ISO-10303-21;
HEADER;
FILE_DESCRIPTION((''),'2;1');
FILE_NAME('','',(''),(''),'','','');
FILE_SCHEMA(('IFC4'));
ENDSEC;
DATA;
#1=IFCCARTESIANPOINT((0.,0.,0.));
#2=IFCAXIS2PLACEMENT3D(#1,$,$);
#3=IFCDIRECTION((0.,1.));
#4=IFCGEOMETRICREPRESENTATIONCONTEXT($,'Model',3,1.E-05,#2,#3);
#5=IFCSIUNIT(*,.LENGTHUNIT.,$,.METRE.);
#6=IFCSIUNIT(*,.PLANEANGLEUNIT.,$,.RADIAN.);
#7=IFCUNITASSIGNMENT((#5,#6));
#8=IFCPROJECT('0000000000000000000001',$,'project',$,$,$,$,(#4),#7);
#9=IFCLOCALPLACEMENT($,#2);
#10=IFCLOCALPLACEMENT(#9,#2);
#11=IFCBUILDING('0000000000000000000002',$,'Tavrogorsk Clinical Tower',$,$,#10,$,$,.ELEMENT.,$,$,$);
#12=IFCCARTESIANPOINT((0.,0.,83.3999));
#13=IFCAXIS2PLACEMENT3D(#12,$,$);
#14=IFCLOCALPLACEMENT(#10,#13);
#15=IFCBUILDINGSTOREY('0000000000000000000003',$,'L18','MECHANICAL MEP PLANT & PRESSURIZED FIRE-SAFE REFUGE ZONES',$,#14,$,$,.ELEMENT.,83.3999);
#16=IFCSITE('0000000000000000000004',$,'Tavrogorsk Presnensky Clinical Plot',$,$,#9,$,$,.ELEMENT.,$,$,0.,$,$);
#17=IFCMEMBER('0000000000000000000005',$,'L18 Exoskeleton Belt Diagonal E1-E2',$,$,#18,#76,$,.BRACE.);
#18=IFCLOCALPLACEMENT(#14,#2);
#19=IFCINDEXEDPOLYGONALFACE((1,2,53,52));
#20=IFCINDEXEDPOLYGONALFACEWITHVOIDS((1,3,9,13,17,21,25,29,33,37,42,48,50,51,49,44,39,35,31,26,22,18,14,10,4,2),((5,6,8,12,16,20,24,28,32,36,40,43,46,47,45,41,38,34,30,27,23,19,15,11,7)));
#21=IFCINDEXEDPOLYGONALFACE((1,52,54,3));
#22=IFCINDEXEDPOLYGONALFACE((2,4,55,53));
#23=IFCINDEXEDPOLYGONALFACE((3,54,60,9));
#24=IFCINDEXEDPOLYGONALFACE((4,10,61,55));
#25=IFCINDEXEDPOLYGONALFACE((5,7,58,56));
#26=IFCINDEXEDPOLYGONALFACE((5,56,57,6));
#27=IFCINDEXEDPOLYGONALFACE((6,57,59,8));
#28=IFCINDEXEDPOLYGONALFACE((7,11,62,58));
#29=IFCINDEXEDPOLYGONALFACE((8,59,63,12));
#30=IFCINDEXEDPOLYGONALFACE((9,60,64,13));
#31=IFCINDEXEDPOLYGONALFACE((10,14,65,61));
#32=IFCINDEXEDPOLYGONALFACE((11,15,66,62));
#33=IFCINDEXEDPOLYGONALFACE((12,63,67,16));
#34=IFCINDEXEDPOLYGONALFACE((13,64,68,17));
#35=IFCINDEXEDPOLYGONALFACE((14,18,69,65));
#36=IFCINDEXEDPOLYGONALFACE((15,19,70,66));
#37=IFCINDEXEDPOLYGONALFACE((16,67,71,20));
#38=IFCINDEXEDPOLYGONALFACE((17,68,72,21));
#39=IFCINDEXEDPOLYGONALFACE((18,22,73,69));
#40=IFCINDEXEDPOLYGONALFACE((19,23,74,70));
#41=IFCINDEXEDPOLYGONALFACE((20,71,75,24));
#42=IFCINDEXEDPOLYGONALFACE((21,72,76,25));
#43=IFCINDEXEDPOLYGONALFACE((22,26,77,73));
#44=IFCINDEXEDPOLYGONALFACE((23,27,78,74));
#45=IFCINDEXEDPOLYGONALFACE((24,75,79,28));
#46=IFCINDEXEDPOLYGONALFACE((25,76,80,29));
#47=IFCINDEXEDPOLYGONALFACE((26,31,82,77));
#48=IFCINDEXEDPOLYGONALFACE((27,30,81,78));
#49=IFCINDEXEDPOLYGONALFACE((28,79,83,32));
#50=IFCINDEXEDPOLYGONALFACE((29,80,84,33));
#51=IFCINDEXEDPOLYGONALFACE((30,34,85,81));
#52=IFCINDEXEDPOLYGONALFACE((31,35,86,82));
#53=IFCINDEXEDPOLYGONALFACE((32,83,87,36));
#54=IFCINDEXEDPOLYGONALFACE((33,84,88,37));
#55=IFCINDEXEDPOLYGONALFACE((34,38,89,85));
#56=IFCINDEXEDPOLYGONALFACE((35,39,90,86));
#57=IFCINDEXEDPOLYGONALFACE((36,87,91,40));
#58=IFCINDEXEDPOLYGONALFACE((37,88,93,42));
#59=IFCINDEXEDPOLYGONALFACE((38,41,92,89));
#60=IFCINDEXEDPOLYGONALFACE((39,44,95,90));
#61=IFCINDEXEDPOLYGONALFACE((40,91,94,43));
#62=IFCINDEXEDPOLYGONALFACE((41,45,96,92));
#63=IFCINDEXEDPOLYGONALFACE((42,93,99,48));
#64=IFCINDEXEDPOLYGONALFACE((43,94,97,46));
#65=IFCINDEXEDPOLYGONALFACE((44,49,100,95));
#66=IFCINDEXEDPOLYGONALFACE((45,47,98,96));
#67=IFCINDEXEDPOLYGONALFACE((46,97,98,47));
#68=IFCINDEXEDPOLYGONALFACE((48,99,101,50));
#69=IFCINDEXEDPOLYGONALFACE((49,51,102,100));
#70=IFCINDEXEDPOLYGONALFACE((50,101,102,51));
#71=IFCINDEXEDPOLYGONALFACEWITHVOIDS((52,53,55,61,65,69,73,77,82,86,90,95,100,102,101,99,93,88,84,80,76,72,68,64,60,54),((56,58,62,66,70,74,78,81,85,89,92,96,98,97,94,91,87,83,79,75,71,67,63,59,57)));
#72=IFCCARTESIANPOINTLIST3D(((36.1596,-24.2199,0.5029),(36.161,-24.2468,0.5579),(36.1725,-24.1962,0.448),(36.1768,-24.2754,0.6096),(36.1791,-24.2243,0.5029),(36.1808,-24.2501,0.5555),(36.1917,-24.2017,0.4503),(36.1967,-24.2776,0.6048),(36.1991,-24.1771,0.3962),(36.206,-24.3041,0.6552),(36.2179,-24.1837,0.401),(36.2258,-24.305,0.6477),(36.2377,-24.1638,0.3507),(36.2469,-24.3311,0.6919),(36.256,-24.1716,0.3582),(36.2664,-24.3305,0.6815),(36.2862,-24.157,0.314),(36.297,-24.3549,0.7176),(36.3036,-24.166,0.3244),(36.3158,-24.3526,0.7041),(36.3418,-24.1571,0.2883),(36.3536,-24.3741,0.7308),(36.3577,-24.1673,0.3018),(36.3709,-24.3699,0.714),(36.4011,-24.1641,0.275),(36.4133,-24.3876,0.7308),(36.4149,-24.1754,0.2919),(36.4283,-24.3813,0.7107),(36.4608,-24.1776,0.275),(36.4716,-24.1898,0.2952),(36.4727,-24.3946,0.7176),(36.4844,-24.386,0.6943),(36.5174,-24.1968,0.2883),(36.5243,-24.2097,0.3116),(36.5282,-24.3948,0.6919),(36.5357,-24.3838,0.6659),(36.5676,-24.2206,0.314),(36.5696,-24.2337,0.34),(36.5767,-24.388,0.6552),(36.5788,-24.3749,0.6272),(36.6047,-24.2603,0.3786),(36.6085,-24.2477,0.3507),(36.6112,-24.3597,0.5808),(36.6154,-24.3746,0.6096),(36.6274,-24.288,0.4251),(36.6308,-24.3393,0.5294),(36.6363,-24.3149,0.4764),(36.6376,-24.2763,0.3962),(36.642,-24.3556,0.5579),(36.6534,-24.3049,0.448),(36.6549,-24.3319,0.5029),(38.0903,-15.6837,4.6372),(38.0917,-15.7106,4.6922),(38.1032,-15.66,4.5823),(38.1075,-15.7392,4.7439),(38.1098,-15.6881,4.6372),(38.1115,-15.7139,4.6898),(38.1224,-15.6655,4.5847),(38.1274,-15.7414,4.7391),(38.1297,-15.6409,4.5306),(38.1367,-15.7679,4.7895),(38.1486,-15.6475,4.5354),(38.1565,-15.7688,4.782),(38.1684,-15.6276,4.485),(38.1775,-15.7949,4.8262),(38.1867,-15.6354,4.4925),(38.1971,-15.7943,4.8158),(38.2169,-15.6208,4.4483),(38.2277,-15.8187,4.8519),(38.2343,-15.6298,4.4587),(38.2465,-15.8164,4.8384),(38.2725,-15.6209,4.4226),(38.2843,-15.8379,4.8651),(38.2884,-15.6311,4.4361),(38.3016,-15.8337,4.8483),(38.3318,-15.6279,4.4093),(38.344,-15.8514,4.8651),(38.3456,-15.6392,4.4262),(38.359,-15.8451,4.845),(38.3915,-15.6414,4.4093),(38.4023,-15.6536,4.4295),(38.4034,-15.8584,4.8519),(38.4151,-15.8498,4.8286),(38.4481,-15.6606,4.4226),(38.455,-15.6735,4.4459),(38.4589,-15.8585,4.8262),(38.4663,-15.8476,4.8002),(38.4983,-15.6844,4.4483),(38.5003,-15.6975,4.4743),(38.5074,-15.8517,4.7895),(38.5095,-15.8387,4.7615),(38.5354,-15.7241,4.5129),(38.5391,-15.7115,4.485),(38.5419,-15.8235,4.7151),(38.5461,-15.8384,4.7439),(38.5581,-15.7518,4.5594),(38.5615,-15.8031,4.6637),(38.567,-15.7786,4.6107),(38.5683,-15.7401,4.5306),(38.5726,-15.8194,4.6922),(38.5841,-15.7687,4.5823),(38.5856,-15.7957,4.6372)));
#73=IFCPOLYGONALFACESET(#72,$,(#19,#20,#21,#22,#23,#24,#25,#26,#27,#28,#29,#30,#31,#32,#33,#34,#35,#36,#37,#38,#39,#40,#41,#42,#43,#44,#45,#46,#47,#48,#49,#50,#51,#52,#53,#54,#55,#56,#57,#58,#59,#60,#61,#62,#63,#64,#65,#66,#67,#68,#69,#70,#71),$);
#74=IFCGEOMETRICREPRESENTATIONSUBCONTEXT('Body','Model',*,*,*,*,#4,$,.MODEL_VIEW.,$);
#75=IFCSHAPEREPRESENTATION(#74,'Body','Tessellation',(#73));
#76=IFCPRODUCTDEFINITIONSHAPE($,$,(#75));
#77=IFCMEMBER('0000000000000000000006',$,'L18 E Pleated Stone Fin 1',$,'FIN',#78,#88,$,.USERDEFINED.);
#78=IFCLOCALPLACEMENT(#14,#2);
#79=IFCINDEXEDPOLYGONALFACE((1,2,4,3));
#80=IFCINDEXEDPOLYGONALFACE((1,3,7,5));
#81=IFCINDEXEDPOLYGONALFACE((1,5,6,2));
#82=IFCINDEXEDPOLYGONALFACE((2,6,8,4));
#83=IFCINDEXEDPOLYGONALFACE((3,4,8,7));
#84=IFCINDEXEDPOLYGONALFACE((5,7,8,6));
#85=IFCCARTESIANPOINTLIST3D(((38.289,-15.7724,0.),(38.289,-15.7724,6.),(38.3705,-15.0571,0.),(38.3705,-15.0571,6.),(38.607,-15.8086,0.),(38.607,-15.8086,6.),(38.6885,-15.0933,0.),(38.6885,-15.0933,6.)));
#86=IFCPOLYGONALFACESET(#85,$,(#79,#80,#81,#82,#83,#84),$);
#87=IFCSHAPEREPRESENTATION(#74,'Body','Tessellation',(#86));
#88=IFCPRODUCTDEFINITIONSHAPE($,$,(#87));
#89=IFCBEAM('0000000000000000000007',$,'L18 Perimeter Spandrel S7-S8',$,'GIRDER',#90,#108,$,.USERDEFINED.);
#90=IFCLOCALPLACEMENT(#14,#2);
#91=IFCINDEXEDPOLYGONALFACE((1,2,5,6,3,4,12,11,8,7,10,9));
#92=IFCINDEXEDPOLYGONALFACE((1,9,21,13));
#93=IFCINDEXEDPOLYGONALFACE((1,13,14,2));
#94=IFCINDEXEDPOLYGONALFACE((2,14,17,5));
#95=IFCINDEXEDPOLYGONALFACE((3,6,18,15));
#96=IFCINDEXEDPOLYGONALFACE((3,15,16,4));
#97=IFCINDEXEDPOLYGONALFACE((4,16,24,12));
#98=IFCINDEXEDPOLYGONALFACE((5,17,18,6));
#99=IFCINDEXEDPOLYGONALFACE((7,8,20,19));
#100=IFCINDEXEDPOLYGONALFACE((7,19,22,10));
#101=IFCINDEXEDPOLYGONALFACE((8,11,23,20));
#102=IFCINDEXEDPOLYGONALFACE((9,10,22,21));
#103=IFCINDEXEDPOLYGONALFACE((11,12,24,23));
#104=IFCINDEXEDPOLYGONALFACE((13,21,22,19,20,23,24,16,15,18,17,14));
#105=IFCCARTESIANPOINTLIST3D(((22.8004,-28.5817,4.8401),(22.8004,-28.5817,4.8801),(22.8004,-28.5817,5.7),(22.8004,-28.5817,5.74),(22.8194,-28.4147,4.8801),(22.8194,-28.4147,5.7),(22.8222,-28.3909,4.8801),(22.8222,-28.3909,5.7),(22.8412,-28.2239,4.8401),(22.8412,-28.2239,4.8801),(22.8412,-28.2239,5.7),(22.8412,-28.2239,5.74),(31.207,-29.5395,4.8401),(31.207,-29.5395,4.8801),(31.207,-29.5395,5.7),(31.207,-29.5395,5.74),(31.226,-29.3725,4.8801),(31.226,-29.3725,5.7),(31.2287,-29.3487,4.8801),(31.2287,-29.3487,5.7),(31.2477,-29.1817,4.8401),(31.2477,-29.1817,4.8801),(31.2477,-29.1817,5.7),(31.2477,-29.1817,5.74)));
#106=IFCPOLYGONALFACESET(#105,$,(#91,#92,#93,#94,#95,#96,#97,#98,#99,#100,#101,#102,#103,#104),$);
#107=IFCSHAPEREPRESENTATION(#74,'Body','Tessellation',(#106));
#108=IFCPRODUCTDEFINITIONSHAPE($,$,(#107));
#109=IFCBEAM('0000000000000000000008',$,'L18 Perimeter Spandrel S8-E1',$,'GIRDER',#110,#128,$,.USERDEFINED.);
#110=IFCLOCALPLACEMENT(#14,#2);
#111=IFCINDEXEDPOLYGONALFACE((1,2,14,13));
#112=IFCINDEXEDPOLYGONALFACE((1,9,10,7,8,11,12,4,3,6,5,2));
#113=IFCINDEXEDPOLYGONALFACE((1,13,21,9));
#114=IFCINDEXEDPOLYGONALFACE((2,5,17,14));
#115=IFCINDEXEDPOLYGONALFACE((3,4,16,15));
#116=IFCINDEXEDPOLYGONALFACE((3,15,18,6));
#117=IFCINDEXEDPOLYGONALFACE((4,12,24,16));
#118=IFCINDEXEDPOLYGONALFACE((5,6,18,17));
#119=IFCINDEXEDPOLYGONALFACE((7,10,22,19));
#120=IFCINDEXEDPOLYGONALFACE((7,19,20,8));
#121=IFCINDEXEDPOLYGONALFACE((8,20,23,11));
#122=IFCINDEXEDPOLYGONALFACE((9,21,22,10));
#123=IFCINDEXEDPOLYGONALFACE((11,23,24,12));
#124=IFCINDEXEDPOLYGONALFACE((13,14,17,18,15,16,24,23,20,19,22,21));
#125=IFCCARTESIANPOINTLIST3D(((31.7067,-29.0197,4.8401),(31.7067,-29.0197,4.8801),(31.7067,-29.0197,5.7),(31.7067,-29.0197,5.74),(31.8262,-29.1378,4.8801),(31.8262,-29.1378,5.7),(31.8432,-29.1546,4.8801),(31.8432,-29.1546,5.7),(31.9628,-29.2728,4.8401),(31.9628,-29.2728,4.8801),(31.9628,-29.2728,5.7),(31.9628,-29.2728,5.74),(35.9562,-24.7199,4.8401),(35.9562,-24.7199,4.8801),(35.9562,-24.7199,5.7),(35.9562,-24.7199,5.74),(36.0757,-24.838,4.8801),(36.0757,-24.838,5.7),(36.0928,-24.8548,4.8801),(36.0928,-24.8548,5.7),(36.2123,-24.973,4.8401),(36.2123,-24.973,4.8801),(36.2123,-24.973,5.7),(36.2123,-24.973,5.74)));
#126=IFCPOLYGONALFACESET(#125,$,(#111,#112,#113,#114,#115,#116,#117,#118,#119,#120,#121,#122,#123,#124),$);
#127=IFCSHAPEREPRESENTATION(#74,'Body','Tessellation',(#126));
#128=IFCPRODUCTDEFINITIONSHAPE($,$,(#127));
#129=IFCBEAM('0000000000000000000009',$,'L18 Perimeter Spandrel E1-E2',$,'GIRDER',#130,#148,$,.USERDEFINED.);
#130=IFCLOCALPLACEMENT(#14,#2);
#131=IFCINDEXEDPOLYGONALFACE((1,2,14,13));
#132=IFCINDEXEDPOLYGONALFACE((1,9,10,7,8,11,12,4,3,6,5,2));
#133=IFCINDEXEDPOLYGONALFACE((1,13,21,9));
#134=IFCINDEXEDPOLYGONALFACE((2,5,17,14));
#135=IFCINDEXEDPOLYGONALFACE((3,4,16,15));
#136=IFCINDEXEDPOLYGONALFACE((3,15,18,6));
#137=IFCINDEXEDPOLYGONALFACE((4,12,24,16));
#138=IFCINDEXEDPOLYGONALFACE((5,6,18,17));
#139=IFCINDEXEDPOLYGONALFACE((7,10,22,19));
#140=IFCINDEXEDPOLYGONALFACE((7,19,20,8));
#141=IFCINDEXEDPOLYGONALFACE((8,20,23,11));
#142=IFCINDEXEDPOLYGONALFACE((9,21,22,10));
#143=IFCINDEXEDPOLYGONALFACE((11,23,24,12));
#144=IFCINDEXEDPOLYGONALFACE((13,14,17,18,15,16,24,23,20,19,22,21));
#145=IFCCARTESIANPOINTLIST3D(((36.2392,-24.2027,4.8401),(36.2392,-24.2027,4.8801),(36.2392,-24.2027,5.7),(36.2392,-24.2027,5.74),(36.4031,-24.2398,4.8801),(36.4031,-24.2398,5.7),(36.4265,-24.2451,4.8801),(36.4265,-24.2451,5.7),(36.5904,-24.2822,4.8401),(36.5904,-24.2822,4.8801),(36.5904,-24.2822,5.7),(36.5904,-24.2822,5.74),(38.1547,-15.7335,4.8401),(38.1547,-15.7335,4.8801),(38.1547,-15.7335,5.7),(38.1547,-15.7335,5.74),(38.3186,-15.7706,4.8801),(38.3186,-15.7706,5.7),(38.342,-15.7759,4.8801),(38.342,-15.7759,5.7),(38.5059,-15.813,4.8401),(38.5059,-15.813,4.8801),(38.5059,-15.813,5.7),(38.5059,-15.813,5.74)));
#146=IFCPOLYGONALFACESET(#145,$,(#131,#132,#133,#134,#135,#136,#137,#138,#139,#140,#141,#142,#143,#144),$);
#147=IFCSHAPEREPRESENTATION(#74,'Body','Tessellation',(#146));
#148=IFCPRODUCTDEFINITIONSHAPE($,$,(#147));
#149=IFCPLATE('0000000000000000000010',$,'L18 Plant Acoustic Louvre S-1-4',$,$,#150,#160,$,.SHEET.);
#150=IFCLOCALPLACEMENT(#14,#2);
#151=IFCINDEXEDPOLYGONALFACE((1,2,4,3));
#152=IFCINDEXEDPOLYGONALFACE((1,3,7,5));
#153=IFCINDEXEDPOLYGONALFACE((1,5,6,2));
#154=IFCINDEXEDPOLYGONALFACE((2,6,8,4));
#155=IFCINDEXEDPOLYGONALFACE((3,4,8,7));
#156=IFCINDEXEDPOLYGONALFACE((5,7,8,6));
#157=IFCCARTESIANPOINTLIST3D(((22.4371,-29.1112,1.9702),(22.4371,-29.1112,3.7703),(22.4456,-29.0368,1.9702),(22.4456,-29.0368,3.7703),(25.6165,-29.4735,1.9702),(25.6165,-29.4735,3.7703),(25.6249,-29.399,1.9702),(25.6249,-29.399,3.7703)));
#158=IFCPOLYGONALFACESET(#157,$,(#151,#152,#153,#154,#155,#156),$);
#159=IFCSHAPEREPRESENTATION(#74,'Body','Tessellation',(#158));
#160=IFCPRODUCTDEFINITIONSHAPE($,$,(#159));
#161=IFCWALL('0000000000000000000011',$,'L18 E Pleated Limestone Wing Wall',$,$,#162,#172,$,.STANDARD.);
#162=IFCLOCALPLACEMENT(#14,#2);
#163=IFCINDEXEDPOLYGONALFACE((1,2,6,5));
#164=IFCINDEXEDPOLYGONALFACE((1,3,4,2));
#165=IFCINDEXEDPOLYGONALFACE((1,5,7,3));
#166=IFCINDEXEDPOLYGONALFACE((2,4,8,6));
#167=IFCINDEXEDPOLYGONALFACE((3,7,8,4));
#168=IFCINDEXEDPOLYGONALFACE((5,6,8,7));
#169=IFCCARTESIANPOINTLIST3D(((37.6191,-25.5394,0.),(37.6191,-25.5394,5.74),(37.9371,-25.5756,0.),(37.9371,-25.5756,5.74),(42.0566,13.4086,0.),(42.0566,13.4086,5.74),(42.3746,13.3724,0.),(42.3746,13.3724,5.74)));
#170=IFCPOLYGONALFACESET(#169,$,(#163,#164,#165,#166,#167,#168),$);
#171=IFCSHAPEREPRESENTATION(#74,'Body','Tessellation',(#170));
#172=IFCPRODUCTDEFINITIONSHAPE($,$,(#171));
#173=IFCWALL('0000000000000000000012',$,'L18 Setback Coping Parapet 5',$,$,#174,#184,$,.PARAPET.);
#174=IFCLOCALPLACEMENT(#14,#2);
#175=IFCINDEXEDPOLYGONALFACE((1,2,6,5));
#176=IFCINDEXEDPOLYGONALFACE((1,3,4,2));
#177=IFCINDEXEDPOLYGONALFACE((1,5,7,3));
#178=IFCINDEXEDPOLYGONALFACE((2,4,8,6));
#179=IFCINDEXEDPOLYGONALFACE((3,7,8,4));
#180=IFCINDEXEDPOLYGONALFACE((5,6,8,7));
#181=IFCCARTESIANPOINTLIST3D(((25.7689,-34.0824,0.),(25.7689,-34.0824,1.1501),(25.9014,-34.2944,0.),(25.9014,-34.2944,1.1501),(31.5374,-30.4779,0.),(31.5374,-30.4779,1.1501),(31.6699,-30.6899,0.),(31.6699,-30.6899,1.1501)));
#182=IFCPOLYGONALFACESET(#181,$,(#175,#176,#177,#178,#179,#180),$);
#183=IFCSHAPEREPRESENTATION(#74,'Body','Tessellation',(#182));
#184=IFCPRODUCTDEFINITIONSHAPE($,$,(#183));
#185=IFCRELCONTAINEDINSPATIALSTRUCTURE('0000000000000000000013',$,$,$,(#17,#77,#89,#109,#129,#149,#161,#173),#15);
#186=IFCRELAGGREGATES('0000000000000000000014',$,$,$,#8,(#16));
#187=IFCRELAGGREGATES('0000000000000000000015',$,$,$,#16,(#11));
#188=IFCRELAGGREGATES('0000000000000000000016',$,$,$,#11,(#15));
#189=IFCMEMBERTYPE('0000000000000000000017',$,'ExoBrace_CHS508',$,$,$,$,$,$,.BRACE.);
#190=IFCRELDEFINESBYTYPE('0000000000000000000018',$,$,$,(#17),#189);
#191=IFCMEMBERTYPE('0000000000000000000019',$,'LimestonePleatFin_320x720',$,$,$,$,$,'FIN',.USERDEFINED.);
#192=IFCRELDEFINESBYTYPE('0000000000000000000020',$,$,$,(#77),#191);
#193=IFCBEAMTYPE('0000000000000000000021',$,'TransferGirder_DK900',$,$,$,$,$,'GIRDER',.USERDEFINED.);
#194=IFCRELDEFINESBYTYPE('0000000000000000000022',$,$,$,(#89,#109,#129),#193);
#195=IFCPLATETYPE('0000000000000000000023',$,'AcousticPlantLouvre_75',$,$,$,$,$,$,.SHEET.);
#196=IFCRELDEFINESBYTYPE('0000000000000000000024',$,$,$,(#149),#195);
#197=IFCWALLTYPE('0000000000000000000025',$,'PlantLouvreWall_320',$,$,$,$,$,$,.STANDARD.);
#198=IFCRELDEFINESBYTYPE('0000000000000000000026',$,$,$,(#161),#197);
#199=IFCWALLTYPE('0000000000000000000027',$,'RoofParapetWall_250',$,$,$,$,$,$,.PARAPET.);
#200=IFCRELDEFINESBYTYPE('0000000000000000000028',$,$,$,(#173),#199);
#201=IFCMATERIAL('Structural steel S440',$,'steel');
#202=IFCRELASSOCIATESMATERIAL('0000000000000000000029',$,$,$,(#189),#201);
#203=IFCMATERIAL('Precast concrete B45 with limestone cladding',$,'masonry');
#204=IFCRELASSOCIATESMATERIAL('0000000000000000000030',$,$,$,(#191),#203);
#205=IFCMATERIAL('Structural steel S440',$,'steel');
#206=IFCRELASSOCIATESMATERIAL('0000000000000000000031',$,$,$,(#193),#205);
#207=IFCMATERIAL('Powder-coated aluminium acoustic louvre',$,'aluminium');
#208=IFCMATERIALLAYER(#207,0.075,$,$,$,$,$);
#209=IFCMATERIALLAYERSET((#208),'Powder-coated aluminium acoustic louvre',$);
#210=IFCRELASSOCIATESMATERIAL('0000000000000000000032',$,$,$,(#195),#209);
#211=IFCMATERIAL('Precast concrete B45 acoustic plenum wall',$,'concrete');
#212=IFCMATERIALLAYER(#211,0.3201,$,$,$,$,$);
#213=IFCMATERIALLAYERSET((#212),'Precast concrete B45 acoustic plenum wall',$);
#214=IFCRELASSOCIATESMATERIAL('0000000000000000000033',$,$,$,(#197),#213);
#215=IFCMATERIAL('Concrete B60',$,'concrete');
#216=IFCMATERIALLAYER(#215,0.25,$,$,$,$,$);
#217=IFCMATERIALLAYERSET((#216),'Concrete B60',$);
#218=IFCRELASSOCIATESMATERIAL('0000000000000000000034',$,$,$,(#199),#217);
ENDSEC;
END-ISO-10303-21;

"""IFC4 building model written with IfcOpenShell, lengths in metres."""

from ifc_helpers import new_model, si_unit, direction, frame, frame_2d, origin, origin_2d, place, context, subcontext, project, spatial, rectangle, hollow_circle, i_section, extrude, material, layer, layer_set, material_profile, profile_set, type_object, element, save


model = new_model("IFC4")

# Units and contexts
model_context = context("Model", 3, precision=1e-05, world=origin(), true_north=direction((0.0, 1.0)))
body_context = subcontext(model_context, "Body", "Model", "MODEL_VIEW")
ifc_project = project(units=[si_unit("LENGTHUNIT", "METRE"), si_unit("PLANEANGLEUNIT", "RADIAN")], contexts=[model_context])

# Site, building, storey
site_placement = place(None, origin())
site = spatial("IfcSite", under=ifc_project, at=site_placement, Name="Tavrogorsk Presnensky Clinical Plot", CompositionType="ELEMENT", RefElevation=0.0)
building_placement = place(site_placement, origin())
building = spatial("IfcBuilding", under=site, at=building_placement, Name="Tavrogorsk Clinical Tower", CompositionType="ELEMENT")
storey_placement = place(building_placement, frame((0.0, 0.0, 83.3999)))
storey = spatial("IfcBuildingStorey", under=building, at=storey_placement, Name="L18", Description="MECHANICAL MEP PLANT & PRESSURIZED FIRE-SAFE REFUGE ZONES", CompositionType="ELEMENT", Elevation=83.3999)

# Members
ifc_material_1 = material(Name="Structural steel S440", Category="steel")
ifc_material_profile_1 = material_profile(ifc_material_1, hollow_circle(Radius=0.2539, WallThickness=0.02, at=origin_2d()), Name="CHS-508x20")
ifc_profile_set_1 = profile_set([ifc_material_profile_1], Name="Structural steel S440")
member_type_1 = type_object("IfcMemberType", Name="ExoBrace_CHS508", PredefinedType="BRACE", material=ifc_profile_set_1)
member_1_placement = place(storey_placement, frame((36.4072, -24.2759, 0.5029), z_axis=(0.199467, 0.881912, 0.427134), x_axis=(-0.975364, 0.220603, 0.0)))
element("IfcMember", 1, at=member_1_placement, inside=storey, type_object=member_type_1, Name="L18 Exoskeleton Belt Diagonal E1-E2", PredefinedType="BRACE", context=body_context, shape_type="SweptSolid", body=[
    extrude(hollow_circle(Radius=0.2539, WallThickness=0.02, at=origin_2d()), origin(), (0.0, 0.0, 1.0), 9.6792),
])
ifc_material_2 = material(Name="Precast concrete B45 with limestone cladding", Category="masonry")
ifc_material_profile_2 = material_profile(ifc_material_2, rectangle(XDim=0.3201, YDim=0.72, at=origin_2d()), Name="LIMESTONE-FIN-320x720")
ifc_profile_set_2 = profile_set([ifc_material_profile_2], Name="Precast concrete B45 with limestone cladding")
member_type_2 = type_object("IfcMemberType", Name="LimestonePleatFin_320x720", ElementType="FIN", PredefinedType="USERDEFINED", material=ifc_profile_set_2)
member_2_placement = place(storey_placement, frame((38.4888, -15.4329, 0.0), z_axis=(0.0, 0.0, 1.0), x_axis=(0.993572, -0.113203, 0.0)))
element("IfcMember", 2, at=member_2_placement, inside=storey, type_object=member_type_2, Name="L18 E Pleated Stone Fin 1", ObjectType="FIN", PredefinedType="USERDEFINED", context=body_context, shape_type="SweptSolid", body=[
    extrude(rectangle(XDim=0.3201, YDim=0.72, at=origin_2d()), origin(), (0.0, 0.0, 1.0), 6.0),
])

# Beams
ifc_material_3 = material(Name="Structural steel S440", Category="steel")
ifc_material_profile_3 = material_profile(ifc_material_3, i_section(OverallWidth=0.3601, OverallDepth=0.8999, WebThickness=0.0239, FlangeThickness=0.04, at=origin_2d()), Name="DK-900x360x24x40")
ifc_profile_set_3 = profile_set([ifc_material_profile_3], Name="Structural steel S440")
beam_type = type_object("IfcBeamType", Name="TransferGirder_DK900", ElementType="GIRDER", PredefinedType="USERDEFINED", material=ifc_profile_set_3)
beam_1_placement = place(storey_placement, frame((22.8208, -28.4028, 5.29), z_axis=(0.993572, -0.113199, 0.0), x_axis=(0.113199, 0.993572, 0.0)))
element("IfcBeam", 3, at=beam_1_placement, inside=storey, type_object=beam_type, Name="L18 Perimeter Spandrel S7-S8", ObjectType="GIRDER", PredefinedType="USERDEFINED", context=body_context, shape_type="SweptSolid", body=[
    extrude(i_section(OverallWidth=0.3601, OverallDepth=0.8999, WebThickness=0.0239, FlangeThickness=0.04, at=origin_2d()), origin(), (0.0, 0.0, 1.0), 8.4609),
])
beam_2_placement = place(storey_placement, frame((31.8347, -29.1462, 5.29), z_axis=(0.702935, 0.711254, 0.0), x_axis=(-0.711254, 0.702935, 0.0)))
element("IfcBeam", 4, at=beam_2_placement, inside=storey, type_object=beam_type, Name="L18 Perimeter Spandrel S8-E1", ObjectType="GIRDER", PredefinedType="USERDEFINED", context=body_context, shape_type="SweptSolid", body=[
    extrude(i_section(OverallWidth=0.3601, OverallDepth=0.8999, WebThickness=0.0239, FlangeThickness=0.04, at=origin_2d()), origin(), (0.0, 0.0, 1.0), 6.0454),
])
beam_3_placement = place(storey_placement, frame((36.4148, -24.2424, 5.29), z_axis=(0.220603, 0.975364, 0.0), x_axis=(-0.975364, 0.220603, 0.0)))
element("IfcBeam", 5, at=beam_3_placement, inside=storey, type_object=beam_type, Name="L18 Perimeter Spandrel E1-E2", ObjectType="GIRDER", PredefinedType="USERDEFINED", context=body_context, shape_type="SweptSolid", body=[
    extrude(i_section(OverallWidth=0.3601, OverallDepth=0.8999, WebThickness=0.0239, FlangeThickness=0.04, at=origin_2d()), origin(), (0.0, 0.0, 1.0), 8.6831),
])

# Plate
ifc_material_4 = material(Name="Powder-coated aluminium acoustic louvre", Category="aluminium")
ifc_layer_1 = layer(ifc_material_4, 0.075)
ifc_layer_set_1 = layer_set([ifc_layer_1], Name="Powder-coated aluminium acoustic louvre")
plate_type = type_object("IfcPlateType", Name="AcousticPlantLouvre_75", PredefinedType="SHEET", material=ifc_layer_set_1)
plate_placement = place(storey_placement, frame((24.031, -29.2551, 1.9702), z_axis=(0.0, 0.0, 1.0), x_axis=(0.993572, -0.113204, 0.0)))
element("IfcPlate", 6, at=plate_placement, inside=storey, type_object=plate_type, Name="L18 Plant Acoustic Louvre S-1-4", PredefinedType="SHEET", context=body_context, shape_type="SweptSolid", body=[
    extrude(rectangle(XDim=3.2, YDim=0.075, at=origin_2d()), origin(), (0.0, 0.0, 1.0), 1.8),
])

# Walls
ifc_material_5 = material(Name="Precast concrete B45 acoustic plenum wall", Category="concrete")
ifc_layer_2 = layer(ifc_material_5, 0.3201)
ifc_layer_set_2 = layer_set([ifc_layer_2], Name="Precast concrete B45 acoustic plenum wall")
wall_type_1 = type_object("IfcWallType", Name="PlantLouvreWall_320", PredefinedType="STANDARD", material=ifc_layer_set_2)
wall_1_placement = place(storey_placement, frame((37.7781, -25.5576, 0.0), z_axis=(0.0, 0.0, 1.0), x_axis=(0.113202, 0.993572, 0.0)))
element("IfcWall", 7, at=wall_1_placement, inside=storey, type_object=wall_type_1, Name="L18 E Pleated Limestone Wing Wall", PredefinedType="STANDARD", context=body_context, shape_type="SweptSolid", body=[
    extrude(rectangle(XDim=39.2, YDim=0.3201, at=frame_2d((19.6001, 0.0))), origin(), (0.0, 0.0, 1.0), 5.74),
])
ifc_material_6 = material(Name="Concrete B60", Category="concrete")
ifc_layer_3 = layer(ifc_material_6, 0.25)
ifc_layer_set_3 = layer_set([ifc_layer_3], Name="Concrete B60")
wall_type_2 = type_object("IfcWallType", Name="RoofParapetWall_250", PredefinedType="PARAPET", material=ifc_layer_set_3)
wall_2_placement = place(storey_placement, frame((31.6035, -30.584, 0.0), z_axis=(0.0, 0.0, 1.0), x_axis=(-0.848055, -0.529909, 0.0)))
element("IfcWall", 8, at=wall_2_placement, inside=storey, type_object=wall_type_2, Name="L18 Setback Coping Parapet 5", PredefinedType="PARAPET", context=body_context, shape_type="SweptSolid", body=[
    extrude(rectangle(XDim=6.802, YDim=0.25, at=frame_2d((3.4009, 0.0))), origin(), (0.0, 0.0, 1.0), 1.1501),
])

save(model, "model.ifc")
